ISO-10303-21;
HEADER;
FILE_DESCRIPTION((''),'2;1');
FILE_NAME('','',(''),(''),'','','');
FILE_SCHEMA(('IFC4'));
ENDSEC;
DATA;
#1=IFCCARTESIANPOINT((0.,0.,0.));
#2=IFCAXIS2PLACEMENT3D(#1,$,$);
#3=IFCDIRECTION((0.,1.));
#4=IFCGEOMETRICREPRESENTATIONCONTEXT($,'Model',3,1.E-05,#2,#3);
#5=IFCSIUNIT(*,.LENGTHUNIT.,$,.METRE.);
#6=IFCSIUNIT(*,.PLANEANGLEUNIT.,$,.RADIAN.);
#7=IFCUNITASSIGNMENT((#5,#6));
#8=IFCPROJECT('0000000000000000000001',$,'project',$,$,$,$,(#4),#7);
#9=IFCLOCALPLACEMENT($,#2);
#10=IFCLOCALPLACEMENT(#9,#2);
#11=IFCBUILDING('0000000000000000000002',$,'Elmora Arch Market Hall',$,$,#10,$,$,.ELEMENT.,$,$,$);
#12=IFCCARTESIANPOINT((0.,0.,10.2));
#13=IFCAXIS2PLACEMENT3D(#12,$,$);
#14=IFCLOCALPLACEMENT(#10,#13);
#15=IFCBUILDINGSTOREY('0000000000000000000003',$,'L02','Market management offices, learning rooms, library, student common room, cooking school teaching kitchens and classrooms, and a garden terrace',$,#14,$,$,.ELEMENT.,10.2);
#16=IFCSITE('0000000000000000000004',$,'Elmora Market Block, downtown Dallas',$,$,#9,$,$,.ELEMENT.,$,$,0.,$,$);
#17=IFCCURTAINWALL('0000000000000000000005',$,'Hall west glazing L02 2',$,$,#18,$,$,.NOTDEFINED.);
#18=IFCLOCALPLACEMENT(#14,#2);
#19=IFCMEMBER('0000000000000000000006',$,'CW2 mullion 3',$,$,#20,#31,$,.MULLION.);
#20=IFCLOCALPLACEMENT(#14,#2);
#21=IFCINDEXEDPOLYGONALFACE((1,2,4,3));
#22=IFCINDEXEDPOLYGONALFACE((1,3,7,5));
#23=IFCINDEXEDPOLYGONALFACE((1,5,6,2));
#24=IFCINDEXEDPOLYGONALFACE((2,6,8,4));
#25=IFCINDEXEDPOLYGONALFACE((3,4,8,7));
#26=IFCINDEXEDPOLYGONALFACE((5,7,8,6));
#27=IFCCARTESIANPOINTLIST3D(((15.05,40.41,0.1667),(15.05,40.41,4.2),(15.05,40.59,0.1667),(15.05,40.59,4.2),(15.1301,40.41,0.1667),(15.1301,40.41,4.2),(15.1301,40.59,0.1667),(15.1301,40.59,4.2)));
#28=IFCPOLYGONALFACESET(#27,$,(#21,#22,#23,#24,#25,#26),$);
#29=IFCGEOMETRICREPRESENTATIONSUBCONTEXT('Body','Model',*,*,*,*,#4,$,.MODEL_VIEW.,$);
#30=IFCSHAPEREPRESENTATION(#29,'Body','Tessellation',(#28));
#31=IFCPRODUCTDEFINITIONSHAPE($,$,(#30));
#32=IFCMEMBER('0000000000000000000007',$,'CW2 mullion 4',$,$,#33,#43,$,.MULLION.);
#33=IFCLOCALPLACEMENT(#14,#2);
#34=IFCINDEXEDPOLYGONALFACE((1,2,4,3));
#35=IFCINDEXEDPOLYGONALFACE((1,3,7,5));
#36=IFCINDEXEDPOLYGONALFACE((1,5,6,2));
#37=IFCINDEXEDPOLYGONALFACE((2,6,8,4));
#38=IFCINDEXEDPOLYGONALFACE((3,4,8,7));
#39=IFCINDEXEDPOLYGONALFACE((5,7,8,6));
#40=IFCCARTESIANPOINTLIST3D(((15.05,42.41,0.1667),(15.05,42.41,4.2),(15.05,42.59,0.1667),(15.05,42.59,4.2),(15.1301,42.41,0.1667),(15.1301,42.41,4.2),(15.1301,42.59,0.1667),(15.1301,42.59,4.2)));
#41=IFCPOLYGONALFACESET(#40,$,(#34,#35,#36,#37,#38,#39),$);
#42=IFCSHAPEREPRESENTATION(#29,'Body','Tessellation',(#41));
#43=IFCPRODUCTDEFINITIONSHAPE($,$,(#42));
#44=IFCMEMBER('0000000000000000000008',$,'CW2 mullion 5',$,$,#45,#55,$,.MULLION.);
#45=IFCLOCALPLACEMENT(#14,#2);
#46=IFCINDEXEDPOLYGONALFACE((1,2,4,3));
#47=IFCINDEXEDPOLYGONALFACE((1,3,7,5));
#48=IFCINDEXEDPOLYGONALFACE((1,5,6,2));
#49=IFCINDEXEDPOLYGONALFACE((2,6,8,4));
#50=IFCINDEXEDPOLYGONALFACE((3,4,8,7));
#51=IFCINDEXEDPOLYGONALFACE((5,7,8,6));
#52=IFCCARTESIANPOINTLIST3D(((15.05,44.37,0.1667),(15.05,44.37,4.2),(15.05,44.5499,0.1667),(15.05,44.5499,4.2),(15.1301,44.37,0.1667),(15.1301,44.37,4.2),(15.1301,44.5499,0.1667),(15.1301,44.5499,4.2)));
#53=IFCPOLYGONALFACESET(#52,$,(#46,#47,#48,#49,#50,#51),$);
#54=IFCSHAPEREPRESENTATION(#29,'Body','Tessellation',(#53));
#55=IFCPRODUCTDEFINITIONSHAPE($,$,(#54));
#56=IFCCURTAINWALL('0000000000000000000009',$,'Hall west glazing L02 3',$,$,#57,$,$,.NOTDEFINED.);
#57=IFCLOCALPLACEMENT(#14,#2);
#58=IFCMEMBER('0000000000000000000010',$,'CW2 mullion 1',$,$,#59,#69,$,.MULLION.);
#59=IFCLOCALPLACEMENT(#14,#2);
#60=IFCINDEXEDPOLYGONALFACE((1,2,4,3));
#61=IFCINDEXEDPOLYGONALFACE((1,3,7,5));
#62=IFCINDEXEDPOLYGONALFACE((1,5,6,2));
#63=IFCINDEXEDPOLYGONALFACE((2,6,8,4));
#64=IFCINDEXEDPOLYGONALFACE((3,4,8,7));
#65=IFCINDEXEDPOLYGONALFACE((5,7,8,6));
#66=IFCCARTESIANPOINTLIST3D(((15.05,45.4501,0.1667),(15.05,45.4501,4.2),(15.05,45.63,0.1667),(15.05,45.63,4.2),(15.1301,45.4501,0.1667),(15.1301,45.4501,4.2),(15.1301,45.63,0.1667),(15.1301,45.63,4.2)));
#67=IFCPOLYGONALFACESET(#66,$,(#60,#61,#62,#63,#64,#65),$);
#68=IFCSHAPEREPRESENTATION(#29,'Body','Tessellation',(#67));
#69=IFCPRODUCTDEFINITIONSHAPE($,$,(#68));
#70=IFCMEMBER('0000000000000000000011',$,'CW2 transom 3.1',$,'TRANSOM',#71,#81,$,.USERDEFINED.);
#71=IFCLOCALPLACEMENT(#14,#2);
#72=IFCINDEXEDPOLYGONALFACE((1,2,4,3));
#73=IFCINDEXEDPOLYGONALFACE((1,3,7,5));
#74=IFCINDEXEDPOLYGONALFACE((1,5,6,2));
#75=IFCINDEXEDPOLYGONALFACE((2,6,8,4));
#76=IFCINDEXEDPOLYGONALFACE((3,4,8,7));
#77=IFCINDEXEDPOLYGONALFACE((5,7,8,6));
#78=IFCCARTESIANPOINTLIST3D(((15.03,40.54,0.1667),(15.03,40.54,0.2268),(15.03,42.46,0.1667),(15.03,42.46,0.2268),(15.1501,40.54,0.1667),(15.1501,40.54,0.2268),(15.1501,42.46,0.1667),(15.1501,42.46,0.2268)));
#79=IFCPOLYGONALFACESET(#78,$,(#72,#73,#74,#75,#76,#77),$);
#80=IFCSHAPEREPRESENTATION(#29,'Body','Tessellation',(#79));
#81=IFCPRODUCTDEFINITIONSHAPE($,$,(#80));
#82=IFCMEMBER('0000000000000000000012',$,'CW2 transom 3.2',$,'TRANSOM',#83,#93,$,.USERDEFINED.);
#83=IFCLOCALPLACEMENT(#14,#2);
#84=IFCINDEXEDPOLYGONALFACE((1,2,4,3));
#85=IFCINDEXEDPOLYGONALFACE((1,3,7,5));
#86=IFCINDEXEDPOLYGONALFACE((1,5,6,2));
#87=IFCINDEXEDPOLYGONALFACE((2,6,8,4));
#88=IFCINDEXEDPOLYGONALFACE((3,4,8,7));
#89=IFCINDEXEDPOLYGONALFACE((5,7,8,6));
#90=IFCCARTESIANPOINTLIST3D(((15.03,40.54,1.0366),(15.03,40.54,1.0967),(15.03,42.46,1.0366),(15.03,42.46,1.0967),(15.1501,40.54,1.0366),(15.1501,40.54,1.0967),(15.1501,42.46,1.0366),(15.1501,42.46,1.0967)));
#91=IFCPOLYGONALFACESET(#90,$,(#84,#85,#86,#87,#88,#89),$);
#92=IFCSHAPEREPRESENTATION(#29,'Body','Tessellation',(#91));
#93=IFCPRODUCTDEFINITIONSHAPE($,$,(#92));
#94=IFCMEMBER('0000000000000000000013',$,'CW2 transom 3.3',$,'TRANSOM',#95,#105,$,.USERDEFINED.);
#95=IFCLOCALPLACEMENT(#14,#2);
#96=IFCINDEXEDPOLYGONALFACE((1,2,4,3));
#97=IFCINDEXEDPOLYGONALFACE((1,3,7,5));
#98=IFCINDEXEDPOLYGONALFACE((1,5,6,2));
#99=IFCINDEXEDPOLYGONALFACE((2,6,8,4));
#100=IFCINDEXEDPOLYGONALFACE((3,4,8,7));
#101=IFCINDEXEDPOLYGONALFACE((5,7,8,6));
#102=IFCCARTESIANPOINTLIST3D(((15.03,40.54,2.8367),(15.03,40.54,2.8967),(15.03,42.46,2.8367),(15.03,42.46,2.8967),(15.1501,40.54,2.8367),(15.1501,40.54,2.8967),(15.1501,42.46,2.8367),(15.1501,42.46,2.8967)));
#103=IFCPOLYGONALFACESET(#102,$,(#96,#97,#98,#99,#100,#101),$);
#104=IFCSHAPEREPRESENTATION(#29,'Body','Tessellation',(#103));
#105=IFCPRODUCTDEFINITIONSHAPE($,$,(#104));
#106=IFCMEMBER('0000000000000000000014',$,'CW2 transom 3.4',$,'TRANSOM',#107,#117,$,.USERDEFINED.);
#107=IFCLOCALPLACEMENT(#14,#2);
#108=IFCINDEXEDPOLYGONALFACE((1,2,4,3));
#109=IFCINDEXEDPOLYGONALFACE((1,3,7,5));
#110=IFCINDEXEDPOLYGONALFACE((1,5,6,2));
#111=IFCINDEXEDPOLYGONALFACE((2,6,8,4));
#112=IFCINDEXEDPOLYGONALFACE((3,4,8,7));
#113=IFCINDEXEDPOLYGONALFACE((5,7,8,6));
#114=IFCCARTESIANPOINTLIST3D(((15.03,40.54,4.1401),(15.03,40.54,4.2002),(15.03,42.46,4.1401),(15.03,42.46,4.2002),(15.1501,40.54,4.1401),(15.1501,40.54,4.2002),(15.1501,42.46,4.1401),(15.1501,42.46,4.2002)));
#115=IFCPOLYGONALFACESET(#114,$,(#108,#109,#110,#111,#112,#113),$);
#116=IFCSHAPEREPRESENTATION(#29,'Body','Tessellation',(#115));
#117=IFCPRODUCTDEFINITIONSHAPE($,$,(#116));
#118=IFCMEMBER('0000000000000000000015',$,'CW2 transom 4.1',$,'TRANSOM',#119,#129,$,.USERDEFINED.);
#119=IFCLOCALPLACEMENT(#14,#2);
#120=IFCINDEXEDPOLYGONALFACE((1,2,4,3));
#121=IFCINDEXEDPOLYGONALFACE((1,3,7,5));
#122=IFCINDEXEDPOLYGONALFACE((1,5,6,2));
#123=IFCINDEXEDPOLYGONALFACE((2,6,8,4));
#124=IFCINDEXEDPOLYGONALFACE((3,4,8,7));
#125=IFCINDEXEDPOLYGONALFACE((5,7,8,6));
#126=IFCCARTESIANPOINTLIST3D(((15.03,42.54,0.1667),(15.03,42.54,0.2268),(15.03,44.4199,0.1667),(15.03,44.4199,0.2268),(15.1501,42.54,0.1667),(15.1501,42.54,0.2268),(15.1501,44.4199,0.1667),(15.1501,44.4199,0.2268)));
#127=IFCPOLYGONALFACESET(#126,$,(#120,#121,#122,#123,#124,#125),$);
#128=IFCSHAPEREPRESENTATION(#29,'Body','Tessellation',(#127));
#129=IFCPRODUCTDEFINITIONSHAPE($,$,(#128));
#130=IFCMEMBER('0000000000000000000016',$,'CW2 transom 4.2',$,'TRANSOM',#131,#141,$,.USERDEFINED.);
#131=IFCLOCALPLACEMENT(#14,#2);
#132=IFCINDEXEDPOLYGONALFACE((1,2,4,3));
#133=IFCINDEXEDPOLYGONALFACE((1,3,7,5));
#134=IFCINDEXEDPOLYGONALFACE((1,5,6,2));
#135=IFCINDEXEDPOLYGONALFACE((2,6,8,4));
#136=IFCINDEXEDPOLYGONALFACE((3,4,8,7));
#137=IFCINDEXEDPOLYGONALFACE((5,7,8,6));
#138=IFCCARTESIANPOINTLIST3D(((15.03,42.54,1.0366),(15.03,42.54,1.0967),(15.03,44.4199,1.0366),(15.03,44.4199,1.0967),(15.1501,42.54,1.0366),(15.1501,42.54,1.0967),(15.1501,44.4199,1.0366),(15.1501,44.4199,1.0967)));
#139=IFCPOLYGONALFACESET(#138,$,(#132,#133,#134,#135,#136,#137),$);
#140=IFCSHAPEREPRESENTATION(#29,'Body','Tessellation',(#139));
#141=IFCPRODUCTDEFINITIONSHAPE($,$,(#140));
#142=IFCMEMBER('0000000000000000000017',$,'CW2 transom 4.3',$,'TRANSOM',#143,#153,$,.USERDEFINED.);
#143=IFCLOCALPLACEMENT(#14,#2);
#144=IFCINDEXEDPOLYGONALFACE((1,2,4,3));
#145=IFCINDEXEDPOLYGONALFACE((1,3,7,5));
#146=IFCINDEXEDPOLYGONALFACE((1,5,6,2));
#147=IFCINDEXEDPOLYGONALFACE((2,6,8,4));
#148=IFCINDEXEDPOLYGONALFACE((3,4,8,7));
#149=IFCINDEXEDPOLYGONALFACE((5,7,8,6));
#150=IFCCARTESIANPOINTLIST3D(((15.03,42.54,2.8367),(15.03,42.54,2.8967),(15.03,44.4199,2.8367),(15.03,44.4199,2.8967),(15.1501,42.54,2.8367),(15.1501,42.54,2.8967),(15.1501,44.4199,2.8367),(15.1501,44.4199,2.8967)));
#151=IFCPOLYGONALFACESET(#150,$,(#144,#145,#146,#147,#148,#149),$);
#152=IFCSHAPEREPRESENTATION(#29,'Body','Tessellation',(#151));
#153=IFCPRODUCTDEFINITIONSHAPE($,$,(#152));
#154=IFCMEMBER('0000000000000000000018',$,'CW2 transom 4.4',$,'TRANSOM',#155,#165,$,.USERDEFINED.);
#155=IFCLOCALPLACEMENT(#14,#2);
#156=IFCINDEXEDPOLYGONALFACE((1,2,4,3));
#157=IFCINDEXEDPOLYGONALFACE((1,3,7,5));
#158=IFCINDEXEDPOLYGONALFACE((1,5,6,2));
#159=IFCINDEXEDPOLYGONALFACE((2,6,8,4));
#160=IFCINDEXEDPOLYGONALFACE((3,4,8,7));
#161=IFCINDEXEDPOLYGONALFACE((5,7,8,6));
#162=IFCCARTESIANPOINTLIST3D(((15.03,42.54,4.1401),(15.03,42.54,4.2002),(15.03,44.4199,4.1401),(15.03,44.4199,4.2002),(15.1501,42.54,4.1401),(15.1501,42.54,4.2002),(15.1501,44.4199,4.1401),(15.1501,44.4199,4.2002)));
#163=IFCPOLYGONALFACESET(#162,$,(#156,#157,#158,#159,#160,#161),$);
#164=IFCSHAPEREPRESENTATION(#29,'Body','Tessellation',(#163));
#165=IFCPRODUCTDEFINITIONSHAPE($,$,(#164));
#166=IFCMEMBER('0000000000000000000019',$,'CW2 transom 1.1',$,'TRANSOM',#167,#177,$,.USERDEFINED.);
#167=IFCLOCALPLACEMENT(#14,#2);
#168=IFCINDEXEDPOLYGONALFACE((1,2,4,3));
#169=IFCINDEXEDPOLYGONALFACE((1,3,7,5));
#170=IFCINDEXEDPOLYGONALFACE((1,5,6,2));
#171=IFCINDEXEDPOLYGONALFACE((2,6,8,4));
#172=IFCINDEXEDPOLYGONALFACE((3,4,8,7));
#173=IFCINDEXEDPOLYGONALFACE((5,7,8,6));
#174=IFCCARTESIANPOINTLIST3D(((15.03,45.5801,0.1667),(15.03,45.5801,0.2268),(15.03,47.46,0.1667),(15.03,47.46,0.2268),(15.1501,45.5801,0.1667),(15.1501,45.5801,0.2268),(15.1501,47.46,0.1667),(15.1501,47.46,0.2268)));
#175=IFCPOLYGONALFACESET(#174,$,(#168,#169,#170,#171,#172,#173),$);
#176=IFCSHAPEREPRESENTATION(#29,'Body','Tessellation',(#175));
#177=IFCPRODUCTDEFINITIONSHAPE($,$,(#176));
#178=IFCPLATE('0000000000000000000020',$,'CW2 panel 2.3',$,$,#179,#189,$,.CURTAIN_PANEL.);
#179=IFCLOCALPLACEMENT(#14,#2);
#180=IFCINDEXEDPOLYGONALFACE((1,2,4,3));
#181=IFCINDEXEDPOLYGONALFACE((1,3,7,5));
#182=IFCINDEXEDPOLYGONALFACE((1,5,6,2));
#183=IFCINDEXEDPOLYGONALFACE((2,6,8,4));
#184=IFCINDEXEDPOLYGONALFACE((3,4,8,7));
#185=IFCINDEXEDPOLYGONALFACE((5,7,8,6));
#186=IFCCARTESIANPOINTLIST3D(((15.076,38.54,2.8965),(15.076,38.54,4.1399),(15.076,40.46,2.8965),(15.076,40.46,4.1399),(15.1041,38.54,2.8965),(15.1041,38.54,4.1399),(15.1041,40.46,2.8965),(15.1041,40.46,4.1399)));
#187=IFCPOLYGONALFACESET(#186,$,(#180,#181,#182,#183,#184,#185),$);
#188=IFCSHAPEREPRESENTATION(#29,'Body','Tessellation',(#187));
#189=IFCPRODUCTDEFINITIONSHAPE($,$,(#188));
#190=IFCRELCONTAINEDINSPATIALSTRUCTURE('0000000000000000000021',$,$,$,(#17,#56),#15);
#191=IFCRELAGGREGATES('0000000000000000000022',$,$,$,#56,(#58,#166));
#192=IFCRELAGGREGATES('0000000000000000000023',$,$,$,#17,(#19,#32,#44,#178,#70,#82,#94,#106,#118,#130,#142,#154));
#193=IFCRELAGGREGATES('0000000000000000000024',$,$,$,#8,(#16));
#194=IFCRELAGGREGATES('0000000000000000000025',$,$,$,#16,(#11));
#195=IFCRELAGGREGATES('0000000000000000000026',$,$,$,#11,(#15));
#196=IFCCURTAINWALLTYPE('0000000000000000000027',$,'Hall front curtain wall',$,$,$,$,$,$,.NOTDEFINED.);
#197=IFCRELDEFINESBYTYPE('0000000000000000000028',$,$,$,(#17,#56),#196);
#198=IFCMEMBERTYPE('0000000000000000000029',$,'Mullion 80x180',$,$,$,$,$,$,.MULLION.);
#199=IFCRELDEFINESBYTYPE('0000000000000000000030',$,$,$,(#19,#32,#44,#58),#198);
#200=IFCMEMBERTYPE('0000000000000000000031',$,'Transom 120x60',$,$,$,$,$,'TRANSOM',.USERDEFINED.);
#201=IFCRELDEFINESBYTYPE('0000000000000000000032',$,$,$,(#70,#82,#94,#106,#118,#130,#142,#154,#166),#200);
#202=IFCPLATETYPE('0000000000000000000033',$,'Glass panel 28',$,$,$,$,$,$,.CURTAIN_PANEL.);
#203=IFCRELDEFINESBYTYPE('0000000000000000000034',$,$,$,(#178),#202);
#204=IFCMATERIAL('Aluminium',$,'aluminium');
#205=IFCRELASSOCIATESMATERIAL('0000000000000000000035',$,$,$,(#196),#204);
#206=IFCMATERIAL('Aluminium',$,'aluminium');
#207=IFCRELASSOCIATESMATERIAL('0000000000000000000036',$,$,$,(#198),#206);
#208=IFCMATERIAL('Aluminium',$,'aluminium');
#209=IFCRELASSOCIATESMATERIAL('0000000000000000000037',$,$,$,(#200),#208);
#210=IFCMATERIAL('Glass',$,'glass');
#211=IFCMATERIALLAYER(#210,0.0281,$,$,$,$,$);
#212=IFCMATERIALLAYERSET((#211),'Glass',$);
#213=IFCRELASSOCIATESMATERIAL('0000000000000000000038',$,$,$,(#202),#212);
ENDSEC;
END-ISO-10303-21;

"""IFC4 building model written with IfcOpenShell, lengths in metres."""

from ifc_helpers import new_model, si_unit, direction, frame, origin, origin_2d, place, context, subcontext, project, spatial, rectangle, extrude, material, layer, layer_set, material_profile, profile_set, type_object, element, aggregate, save


model = new_model("IFC4")

# Units and contexts
model_context = context("Model", 3, precision=1e-05, world=origin(), true_north=direction((0.0, 1.0)))
body_context = subcontext(model_context, "Body", "Model", "MODEL_VIEW")
ifc_project = project(units=[si_unit("LENGTHUNIT", "METRE"), si_unit("PLANEANGLEUNIT", "RADIAN")], contexts=[model_context])

# Site, building, storey
site_placement = place(None, origin())
site = spatial("IfcSite", under=ifc_project, at=site_placement, Name="Elmora Market Block, downtown Dallas", CompositionType="ELEMENT", RefElevation=0.0)
building_placement = place(site_placement, origin())
building = spatial("IfcBuilding", under=site, at=building_placement, Name="Elmora Arch Market Hall", CompositionType="ELEMENT")
storey_placement = place(building_placement, frame((0.0, 0.0, 10.2)))
storey = spatial("IfcBuildingStorey", under=building, at=storey_placement, Name="L02", Description="Market management offices, learning rooms, library, student common room, cooking school teaching kitchens and classrooms, and a garden terrace", CompositionType="ELEMENT", Elevation=10.2)

# Curtain wall, members
ifc_material_1 = material(Name="Aluminium", Category="aluminium")
curtain_wall_type = type_object("IfcCurtainWallType", Name="Hall front curtain wall", PredefinedType="NOTDEFINED", material=ifc_material_1)
curtain_wall_1_placement = place(storey_placement, origin())
curtain_wall_1 = element("IfcCurtainWall", 1, at=curtain_wall_1_placement, inside=storey, type_object=curtain_wall_type, Name="Hall west glazing L02 2", PredefinedType="NOTDEFINED")
ifc_material_2 = material(Name="Aluminium", Category="aluminium")
ifc_material_profile_1 = material_profile(ifc_material_2, rectangle(XDim=0.0801, YDim=0.1799, at=origin_2d()), Name="AL 80x180")
ifc_profile_set_1 = profile_set([ifc_material_profile_1], Name="Aluminium")
member_type_1 = type_object("IfcMemberType", Name="Mullion 80x180", PredefinedType="MULLION", material=ifc_profile_set_1)
member_1_placement = place(storey_placement, frame((15.0901, 40.5, 0.1667), z_axis=(0.0, 0.0, 1.0), x_axis=(-1.0, 0.0, 0.0)))
member_1 = element("IfcMember", 2, at=member_1_placement, type_object=member_type_1, Name="CW2 mullion 3", PredefinedType="MULLION", context=body_context, shape_type="SweptSolid", body=[
    extrude(rectangle(XDim=0.0801, YDim=0.1799, at=origin_2d()), origin(), (0.0, 0.0, 1.0), 4.0332),
])
member_2_placement = place(storey_placement, frame((15.0901, 42.5, 0.1667), z_axis=(0.0, 0.0, 1.0), x_axis=(-1.0, 0.0, 0.0)))
member_2 = element("IfcMember", 3, at=member_2_placement, type_object=member_type_1, Name="CW2 mullion 4", PredefinedType="MULLION", context=body_context, shape_type="SweptSolid", body=[
    extrude(rectangle(XDim=0.0801, YDim=0.1799, at=origin_2d()), origin(), (0.0, 0.0, 1.0), 4.0332),
])
member_3_placement = place(storey_placement, frame((15.0901, 44.46, 0.1667), z_axis=(0.0, 0.0, 1.0), x_axis=(-1.0, 0.0, 0.0)))
member_3 = element("IfcMember", 4, at=member_3_placement, type_object=member_type_1, Name="CW2 mullion 5", PredefinedType="MULLION", context=body_context, shape_type="SweptSolid", body=[
    extrude(rectangle(XDim=0.0801, YDim=0.1799, at=origin_2d()), origin(), (0.0, 0.0, 1.0), 4.0332),
])

# Curtain wall, member
curtain_wall_2_placement = place(storey_placement, origin())
curtain_wall_2 = element("IfcCurtainWall", 5, at=curtain_wall_2_placement, inside=storey, type_object=curtain_wall_type, Name="Hall west glazing L02 3", PredefinedType="NOTDEFINED")
member_4_placement = place(storey_placement, frame((15.0901, 45.54, 0.1667), z_axis=(0.0, 0.0, 1.0), x_axis=(-1.0, 0.0, 0.0)))
member_4 = element("IfcMember", 6, at=member_4_placement, type_object=member_type_1, Name="CW2 mullion 1", PredefinedType="MULLION", context=body_context, shape_type="SweptSolid", body=[
    extrude(rectangle(XDim=0.0801, YDim=0.1799, at=origin_2d()), origin(), (0.0, 0.0, 1.0), 4.0332),
])

# Members
ifc_material_3 = material(Name="Aluminium", Category="aluminium")
ifc_material_profile_2 = material_profile(ifc_material_3, rectangle(XDim=0.1201, YDim=0.0601, at=origin_2d()), Name="AL 120x60")
ifc_profile_set_2 = profile_set([ifc_material_profile_2], Name="Aluminium")
member_type_2 = type_object("IfcMemberType", Name="Transom 120x60", ElementType="TRANSOM", PredefinedType="USERDEFINED", material=ifc_profile_set_2)
member_5_placement = place(storey_placement, frame((15.0901, 40.54, 0.1968), z_axis=(0.0, 1.0, 0.0), x_axis=(-1.0, 0.0, 0.0)))
member_5 = element("IfcMember", 7, at=member_5_placement, type_object=member_type_2, Name="CW2 transom 3.1", ObjectType="TRANSOM", PredefinedType="USERDEFINED", context=body_context, shape_type="SweptSolid", body=[
    extrude(rectangle(XDim=0.1201, YDim=0.0601, at=origin_2d()), origin(), (0.0, 0.0, 1.0), 1.9199),
])
member_6_placement = place(storey_placement, frame((15.0901, 40.54, 1.0667), z_axis=(0.0, 1.0, 0.0), x_axis=(-1.0, 0.0, 0.0)))
member_6 = element("IfcMember", 8, at=member_6_placement, type_object=member_type_2, Name="CW2 transom 3.2", ObjectType="TRANSOM", PredefinedType="USERDEFINED", context=body_context, shape_type="SweptSolid", body=[
    extrude(rectangle(XDim=0.1201, YDim=0.0601, at=origin_2d()), origin(), (0.0, 0.0, 1.0), 1.9199),
])
member_7_placement = place(storey_placement, frame((15.0901, 40.54, 2.8667), z_axis=(0.0, 1.0, 0.0), x_axis=(-1.0, 0.0, 0.0)))
member_7 = element("IfcMember", 9, at=member_7_placement, type_object=member_type_2, Name="CW2 transom 3.3", ObjectType="TRANSOM", PredefinedType="USERDEFINED", context=body_context, shape_type="SweptSolid", body=[
    extrude(rectangle(XDim=0.1201, YDim=0.0601, at=origin_2d()), origin(), (0.0, 0.0, 1.0), 1.9199),
])
member_8_placement = place(storey_placement, frame((15.0901, 40.54, 4.1702), z_axis=(0.0, 1.0, 0.0), x_axis=(-1.0, 0.0, 0.0)))
member_8 = element("IfcMember", 10, at=member_8_placement, type_object=member_type_2, Name="CW2 transom 3.4", ObjectType="TRANSOM", PredefinedType="USERDEFINED", context=body_context, shape_type="SweptSolid", body=[
    extrude(rectangle(XDim=0.1201, YDim=0.0601, at=origin_2d()), origin(), (0.0, 0.0, 1.0), 1.9199),
])
member_9_placement = place(storey_placement, frame((15.0901, 42.54, 0.1968), z_axis=(0.0, 1.0, 0.0), x_axis=(-1.0, 0.0, 0.0)))
member_9 = element("IfcMember", 11, at=member_9_placement, type_object=member_type_2, Name="CW2 transom 4.1", ObjectType="TRANSOM", PredefinedType="USERDEFINED", context=body_context, shape_type="SweptSolid", body=[
    extrude(rectangle(XDim=0.1201, YDim=0.0601, at=origin_2d()), origin(), (0.0, 0.0, 1.0), 1.8799),
])
member_10_placement = place(storey_placement, frame((15.0901, 42.54, 1.0667), z_axis=(0.0, 1.0, 0.0), x_axis=(-1.0, 0.0, 0.0)))
member_10 = element("IfcMember", 12, at=member_10_placement, type_object=member_type_2, Name="CW2 transom 4.2", ObjectType="TRANSOM", PredefinedType="USERDEFINED", context=body_context, shape_type="SweptSolid", body=[
    extrude(rectangle(XDim=0.1201, YDim=0.0601, at=origin_2d()), origin(), (0.0, 0.0, 1.0), 1.8799),
])
member_11_placement = place(storey_placement, frame((15.0901, 42.54, 2.8667), z_axis=(0.0, 1.0, 0.0), x_axis=(-1.0, 0.0, 0.0)))
member_11 = element("IfcMember", 13, at=member_11_placement, type_object=member_type_2, Name="CW2 transom 4.3", ObjectType="TRANSOM", PredefinedType="USERDEFINED", context=body_context, shape_type="SweptSolid", body=[
    extrude(rectangle(XDim=0.1201, YDim=0.0601, at=origin_2d()), origin(), (0.0, 0.0, 1.0), 1.8799),
])
member_12_placement = place(storey_placement, frame((15.0901, 42.54, 4.1702), z_axis=(0.0, 1.0, 0.0), x_axis=(-1.0, 0.0, 0.0)))
member_12 = element("IfcMember", 14, at=member_12_placement, type_object=member_type_2, Name="CW2 transom 4.4", ObjectType="TRANSOM", PredefinedType="USERDEFINED", context=body_context, shape_type="SweptSolid", body=[
    extrude(rectangle(XDim=0.1201, YDim=0.0601, at=origin_2d()), origin(), (0.0, 0.0, 1.0), 1.8799),
])
member_13_placement = place(storey_placement, frame((15.0901, 45.5801, 0.1968), z_axis=(0.0, 1.0, 0.0), x_axis=(-1.0, 0.0, 0.0)))
member_13 = element("IfcMember", 15, at=member_13_placement, type_object=member_type_2, Name="CW2 transom 1.1", ObjectType="TRANSOM", PredefinedType="USERDEFINED", context=body_context, shape_type="SweptSolid", body=[
    extrude(rectangle(XDim=0.1201, YDim=0.0601, at=origin_2d()), origin(), (0.0, 0.0, 1.0), 1.8799),
])
aggregate(curtain_wall_2, [member_4, member_13])

# Plate
ifc_material_4 = material(Name="Glass", Category="glass")
ifc_layer_1 = layer(ifc_material_4, 0.0281)
ifc_layer_set_1 = layer_set([ifc_layer_1], Name="Glass")
plate_type = type_object("IfcPlateType", Name="Glass panel 28", PredefinedType="CURTAIN_PANEL", material=ifc_layer_set_1)
plate_1_placement = place(storey_placement, frame((15.0901, 39.5, 2.8965), z_axis=(0.0, 0.0, 1.0), x_axis=(0.0, 1.0, 0.0)))
plate_1 = element("IfcPlate", 16, at=plate_1_placement, type_object=plate_type, Name="CW2 panel 2.3", PredefinedType="CURTAIN_PANEL", context=body_context, shape_type="SweptSolid", body=[
    extrude(rectangle(XDim=1.9199, YDim=0.0281, at=origin_2d()), origin(), (0.0, 0.0, 1.0), 1.2434),
])
aggregate(curtain_wall_1, [member_1, member_2, member_3, plate_1, member_5, member_6, member_7, member_8, member_9, member_10, member_11, member_12])

save(model, "model.ifc")
